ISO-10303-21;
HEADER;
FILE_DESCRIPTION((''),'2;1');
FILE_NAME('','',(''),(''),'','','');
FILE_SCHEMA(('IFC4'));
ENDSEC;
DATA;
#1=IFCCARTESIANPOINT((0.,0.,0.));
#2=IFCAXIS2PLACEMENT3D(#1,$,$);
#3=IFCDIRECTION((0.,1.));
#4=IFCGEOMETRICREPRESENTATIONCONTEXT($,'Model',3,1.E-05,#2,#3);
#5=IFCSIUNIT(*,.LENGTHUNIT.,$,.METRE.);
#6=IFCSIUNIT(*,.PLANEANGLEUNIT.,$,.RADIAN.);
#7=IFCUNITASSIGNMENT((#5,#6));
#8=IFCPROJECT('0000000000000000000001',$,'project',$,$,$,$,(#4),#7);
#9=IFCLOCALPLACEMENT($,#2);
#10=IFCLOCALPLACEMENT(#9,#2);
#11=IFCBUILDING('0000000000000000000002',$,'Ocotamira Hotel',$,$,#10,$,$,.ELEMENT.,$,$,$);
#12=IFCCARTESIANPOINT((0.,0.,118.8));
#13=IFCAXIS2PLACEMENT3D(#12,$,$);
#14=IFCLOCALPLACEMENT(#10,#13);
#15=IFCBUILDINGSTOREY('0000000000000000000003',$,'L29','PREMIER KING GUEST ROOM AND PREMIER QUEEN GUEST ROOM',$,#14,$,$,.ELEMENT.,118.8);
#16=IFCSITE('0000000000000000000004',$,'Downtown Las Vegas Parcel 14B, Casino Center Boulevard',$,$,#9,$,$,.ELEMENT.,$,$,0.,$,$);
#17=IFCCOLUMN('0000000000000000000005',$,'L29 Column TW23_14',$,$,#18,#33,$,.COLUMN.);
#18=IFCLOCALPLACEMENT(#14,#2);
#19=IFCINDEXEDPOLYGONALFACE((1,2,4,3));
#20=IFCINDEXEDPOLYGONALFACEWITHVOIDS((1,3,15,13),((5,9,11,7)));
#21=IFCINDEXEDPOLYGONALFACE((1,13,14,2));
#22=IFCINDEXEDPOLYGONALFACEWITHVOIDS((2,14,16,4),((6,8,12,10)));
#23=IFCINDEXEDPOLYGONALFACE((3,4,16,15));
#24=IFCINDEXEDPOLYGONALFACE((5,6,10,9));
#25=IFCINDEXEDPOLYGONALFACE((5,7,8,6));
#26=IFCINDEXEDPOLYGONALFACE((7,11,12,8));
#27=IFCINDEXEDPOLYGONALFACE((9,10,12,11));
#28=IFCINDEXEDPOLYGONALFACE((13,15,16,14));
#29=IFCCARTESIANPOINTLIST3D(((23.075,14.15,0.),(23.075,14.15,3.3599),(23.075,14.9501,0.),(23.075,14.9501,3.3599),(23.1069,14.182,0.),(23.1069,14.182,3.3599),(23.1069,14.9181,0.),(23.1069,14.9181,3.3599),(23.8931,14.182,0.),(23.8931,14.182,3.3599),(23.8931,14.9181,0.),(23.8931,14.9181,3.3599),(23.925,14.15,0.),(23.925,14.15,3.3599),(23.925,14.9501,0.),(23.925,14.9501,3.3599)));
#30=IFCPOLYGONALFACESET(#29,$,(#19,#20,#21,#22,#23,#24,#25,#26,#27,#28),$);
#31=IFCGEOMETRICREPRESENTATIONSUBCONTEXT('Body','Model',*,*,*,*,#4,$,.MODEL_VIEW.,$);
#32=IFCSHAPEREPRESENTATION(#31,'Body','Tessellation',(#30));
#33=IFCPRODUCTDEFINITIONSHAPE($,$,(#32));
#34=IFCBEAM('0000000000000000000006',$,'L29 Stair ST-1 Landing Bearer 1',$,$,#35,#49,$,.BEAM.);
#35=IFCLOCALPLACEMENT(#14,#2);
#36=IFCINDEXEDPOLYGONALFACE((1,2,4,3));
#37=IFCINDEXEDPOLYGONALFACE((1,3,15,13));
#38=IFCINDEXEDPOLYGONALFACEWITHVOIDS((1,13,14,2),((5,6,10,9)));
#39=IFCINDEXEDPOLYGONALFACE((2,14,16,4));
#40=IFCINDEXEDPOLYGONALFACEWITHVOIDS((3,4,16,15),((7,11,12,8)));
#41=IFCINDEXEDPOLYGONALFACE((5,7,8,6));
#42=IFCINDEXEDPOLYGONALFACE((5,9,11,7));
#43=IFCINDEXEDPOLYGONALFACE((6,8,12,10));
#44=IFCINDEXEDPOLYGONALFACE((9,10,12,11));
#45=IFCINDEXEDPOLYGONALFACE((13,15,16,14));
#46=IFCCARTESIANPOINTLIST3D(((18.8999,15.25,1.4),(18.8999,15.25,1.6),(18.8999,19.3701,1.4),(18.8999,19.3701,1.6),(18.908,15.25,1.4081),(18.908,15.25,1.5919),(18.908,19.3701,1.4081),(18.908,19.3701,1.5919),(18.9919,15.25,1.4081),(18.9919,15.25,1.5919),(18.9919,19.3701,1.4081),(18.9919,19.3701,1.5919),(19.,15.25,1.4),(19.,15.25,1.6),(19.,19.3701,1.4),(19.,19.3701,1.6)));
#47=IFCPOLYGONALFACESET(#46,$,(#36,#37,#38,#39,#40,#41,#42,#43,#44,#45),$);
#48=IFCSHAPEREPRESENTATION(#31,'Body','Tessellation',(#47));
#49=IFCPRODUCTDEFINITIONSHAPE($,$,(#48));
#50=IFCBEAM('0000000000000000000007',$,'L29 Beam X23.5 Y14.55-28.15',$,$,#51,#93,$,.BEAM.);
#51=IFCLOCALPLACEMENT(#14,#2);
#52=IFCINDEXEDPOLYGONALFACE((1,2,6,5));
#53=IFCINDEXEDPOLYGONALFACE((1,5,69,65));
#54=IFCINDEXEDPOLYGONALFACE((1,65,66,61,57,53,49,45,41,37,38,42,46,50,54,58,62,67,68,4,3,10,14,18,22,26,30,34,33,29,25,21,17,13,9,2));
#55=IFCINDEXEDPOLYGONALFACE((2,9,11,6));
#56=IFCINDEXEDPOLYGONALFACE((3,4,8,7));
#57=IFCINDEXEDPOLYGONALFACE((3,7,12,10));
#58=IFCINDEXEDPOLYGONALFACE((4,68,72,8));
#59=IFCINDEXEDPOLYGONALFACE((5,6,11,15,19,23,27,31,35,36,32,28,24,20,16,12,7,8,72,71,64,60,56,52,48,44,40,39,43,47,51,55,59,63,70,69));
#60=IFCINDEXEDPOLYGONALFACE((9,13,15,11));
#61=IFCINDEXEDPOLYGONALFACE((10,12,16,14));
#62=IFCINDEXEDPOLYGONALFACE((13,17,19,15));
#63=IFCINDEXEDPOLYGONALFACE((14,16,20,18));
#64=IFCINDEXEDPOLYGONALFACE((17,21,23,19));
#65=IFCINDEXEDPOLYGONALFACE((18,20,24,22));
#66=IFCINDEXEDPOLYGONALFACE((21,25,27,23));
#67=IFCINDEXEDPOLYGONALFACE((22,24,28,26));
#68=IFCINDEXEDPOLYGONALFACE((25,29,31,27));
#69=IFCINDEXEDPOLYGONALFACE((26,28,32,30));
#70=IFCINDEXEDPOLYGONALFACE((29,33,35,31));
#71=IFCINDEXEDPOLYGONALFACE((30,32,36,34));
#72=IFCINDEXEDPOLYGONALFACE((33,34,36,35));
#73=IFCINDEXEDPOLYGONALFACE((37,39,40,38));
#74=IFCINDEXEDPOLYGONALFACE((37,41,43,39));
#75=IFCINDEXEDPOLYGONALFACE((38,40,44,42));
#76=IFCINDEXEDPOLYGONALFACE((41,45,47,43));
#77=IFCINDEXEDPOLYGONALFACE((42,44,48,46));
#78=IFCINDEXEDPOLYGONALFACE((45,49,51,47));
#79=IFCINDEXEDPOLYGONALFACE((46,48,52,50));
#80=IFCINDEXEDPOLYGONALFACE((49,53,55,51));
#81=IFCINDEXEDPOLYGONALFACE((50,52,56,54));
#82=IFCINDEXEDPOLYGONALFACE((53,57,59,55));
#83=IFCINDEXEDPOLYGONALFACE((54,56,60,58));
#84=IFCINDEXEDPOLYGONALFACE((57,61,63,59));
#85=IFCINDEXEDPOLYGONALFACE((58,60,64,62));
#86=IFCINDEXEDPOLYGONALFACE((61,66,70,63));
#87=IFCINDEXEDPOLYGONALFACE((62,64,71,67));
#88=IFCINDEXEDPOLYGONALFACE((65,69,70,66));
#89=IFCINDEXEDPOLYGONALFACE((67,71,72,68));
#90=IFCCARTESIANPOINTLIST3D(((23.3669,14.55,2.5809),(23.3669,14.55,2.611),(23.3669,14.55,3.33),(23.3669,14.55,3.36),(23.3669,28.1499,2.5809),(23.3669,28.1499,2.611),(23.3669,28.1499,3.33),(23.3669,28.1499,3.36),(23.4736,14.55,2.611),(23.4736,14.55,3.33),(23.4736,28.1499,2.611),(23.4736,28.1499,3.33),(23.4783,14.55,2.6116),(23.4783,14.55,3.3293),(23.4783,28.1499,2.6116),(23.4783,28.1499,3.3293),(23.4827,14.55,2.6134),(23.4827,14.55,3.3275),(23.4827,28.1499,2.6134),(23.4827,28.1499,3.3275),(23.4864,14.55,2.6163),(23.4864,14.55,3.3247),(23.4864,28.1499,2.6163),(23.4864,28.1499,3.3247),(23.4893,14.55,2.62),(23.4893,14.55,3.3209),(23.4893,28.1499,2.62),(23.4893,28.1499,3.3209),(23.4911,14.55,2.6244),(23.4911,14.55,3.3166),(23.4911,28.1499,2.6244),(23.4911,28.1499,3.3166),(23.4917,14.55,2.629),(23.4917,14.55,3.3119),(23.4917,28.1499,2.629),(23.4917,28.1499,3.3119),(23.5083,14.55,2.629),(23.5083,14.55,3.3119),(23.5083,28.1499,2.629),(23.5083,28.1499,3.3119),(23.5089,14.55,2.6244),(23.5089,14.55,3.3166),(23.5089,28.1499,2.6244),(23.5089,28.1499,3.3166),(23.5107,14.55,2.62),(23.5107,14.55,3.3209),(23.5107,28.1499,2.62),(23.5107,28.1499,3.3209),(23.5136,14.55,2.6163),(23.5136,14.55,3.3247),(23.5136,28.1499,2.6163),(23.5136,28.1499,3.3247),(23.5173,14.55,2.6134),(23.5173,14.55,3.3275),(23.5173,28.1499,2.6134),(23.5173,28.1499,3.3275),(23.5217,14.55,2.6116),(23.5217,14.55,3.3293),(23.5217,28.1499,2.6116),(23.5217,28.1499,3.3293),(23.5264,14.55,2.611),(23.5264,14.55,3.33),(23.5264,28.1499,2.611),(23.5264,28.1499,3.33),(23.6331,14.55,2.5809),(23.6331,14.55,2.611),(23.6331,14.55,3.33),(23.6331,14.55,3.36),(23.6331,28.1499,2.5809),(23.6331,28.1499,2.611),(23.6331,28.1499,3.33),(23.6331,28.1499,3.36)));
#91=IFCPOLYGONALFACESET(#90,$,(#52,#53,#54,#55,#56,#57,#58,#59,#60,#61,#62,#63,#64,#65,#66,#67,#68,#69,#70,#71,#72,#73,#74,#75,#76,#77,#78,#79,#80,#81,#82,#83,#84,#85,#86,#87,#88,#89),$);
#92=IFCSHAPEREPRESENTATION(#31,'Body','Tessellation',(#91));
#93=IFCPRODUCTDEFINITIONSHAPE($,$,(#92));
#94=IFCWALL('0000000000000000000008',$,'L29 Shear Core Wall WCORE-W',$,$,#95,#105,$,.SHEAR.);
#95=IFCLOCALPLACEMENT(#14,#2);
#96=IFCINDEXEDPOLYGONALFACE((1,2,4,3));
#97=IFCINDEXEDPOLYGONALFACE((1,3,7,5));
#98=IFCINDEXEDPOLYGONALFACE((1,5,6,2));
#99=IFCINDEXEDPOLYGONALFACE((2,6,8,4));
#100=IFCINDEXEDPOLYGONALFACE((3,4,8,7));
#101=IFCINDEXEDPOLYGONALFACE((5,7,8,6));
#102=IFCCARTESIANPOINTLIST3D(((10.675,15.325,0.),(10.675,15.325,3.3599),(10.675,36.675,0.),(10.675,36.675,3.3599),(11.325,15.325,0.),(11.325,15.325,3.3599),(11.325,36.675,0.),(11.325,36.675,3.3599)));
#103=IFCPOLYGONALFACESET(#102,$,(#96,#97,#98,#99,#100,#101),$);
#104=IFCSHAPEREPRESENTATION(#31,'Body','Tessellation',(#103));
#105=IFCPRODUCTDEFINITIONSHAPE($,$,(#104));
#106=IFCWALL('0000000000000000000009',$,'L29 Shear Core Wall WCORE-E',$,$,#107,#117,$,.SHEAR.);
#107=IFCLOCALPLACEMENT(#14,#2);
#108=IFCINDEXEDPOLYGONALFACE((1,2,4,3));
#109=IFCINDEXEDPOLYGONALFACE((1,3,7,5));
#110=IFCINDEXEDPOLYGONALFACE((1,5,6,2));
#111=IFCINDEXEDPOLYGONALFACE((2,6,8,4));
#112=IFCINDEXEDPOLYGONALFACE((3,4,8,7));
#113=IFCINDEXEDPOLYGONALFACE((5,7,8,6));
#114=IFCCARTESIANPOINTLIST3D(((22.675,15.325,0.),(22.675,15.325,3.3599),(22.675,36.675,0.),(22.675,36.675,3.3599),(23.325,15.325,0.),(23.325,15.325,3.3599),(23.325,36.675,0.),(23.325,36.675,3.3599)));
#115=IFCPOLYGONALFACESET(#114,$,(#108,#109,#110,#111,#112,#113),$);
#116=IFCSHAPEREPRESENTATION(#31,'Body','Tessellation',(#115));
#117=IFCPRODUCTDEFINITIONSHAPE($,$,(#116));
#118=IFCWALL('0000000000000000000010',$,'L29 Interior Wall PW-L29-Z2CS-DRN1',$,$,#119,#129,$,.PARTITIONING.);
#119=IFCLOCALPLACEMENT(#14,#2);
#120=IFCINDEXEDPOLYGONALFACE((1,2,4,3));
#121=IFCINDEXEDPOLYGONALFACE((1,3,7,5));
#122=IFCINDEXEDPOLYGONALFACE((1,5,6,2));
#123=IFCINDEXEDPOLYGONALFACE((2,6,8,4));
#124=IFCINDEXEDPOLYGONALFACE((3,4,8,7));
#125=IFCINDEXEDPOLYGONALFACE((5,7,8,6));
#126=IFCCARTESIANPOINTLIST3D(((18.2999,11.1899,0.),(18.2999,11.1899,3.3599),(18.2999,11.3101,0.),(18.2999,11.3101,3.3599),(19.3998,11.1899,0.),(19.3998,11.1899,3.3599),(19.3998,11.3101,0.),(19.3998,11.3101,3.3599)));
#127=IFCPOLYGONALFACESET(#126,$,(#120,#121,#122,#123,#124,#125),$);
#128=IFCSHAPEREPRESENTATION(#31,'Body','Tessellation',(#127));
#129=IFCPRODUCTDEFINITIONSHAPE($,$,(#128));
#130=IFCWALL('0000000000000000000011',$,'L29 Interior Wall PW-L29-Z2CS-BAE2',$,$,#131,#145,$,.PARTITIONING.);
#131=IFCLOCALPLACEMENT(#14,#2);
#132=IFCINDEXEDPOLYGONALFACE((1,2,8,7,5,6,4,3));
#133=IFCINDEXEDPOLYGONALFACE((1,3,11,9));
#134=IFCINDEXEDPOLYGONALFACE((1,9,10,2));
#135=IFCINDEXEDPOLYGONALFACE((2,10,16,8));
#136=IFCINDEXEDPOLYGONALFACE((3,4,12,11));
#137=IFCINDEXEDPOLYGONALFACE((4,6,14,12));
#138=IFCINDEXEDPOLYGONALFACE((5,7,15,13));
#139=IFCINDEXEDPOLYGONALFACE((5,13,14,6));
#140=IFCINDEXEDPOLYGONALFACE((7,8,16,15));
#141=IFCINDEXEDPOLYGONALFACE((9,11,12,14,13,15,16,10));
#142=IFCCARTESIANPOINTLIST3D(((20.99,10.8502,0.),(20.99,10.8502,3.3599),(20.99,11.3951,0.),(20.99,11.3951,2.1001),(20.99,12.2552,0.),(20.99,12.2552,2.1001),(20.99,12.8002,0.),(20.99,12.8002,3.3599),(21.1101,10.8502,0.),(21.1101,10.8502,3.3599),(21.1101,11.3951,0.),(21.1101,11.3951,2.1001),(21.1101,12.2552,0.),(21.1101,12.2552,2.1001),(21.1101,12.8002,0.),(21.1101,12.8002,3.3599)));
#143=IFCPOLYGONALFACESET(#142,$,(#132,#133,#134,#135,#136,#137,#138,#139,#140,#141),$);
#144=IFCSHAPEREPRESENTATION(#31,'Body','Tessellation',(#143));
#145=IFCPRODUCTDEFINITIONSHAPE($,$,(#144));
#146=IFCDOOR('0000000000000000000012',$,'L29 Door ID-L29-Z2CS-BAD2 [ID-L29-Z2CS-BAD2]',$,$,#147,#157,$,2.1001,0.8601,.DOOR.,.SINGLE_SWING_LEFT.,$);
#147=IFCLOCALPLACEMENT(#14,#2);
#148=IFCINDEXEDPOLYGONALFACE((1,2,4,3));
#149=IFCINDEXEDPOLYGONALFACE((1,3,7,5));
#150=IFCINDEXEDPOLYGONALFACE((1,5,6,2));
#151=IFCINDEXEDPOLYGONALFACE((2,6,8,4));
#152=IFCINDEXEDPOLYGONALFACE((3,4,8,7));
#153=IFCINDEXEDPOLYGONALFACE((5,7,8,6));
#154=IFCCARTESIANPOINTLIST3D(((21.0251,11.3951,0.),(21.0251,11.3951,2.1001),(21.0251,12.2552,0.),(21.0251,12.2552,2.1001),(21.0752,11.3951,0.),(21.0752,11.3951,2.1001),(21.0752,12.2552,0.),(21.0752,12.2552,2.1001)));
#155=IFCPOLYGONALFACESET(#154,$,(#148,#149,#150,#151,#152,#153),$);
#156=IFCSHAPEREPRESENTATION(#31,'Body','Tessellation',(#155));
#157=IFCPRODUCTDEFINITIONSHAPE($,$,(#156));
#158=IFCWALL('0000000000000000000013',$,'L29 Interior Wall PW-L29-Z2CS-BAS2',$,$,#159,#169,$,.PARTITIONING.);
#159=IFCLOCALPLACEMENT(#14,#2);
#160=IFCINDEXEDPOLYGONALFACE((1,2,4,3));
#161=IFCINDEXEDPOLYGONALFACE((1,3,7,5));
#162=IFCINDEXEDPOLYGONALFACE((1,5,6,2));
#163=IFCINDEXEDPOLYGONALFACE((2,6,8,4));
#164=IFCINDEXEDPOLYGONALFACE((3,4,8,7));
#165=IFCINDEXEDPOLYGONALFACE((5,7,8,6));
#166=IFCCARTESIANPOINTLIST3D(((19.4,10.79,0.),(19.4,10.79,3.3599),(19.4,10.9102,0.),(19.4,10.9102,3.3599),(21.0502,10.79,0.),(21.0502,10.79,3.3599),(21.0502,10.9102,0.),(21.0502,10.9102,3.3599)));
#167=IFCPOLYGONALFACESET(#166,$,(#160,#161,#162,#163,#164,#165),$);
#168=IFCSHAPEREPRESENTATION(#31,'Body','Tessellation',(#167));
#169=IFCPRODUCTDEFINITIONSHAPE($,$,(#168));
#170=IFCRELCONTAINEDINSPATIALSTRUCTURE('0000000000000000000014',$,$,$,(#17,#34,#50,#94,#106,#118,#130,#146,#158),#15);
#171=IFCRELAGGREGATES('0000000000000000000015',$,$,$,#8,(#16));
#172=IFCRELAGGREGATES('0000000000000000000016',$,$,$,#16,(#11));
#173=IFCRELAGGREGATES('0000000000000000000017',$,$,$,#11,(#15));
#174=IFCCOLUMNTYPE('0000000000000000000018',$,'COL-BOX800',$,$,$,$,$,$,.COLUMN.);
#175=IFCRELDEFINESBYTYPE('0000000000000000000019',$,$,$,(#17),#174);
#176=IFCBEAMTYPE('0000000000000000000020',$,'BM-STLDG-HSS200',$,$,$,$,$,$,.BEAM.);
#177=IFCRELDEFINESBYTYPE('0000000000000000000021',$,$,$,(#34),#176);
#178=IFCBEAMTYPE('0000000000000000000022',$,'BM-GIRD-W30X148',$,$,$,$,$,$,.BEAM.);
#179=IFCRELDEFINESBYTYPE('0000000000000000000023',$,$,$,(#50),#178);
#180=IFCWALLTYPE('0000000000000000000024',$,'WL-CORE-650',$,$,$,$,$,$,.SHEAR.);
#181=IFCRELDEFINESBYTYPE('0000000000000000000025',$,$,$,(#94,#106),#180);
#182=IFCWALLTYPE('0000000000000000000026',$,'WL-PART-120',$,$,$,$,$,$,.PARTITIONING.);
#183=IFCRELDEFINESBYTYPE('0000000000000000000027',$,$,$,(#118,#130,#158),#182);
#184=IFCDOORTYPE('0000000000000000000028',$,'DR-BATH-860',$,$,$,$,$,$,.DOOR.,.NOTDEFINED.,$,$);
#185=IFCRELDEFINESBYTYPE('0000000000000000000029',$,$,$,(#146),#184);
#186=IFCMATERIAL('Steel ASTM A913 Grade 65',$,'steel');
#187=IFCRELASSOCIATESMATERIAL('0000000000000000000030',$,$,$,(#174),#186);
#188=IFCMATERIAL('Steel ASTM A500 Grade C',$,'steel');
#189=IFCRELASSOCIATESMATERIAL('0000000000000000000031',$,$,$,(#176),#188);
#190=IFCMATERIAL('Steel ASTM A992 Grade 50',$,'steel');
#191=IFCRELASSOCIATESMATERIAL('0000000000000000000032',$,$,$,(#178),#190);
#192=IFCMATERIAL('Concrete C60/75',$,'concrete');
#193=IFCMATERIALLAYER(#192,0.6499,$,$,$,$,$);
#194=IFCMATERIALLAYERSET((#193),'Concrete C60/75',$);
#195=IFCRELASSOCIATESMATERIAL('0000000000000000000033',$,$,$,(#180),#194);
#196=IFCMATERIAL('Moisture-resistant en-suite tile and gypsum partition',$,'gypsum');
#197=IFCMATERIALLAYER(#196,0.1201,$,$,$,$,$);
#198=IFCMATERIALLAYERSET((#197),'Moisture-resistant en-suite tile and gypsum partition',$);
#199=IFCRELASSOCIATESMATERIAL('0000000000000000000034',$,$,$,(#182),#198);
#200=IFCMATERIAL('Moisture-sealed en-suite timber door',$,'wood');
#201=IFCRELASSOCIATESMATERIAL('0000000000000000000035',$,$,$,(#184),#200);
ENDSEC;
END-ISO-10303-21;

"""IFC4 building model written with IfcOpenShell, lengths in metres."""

from ifc_helpers import new_model, si_unit, direction, frame, frame_2d, origin, origin_2d, place, context, subcontext, project, spatial, rectangle, hollow_rectangle, i_section, extrude, source, transform, mapped, material, layer, layer_set, material_profile, profile_set, type_object, element, fill, save


model = new_model("IFC4")

# Units and contexts
model_context = context("Model", 3, precision=1e-05, world=origin(), true_north=direction((0.0, 1.0)))
body_context = subcontext(model_context, "Body", "Model", "MODEL_VIEW")
ifc_project = project(units=[si_unit("LENGTHUNIT", "METRE"), si_unit("PLANEANGLEUNIT", "RADIAN")], contexts=[model_context])

# Site, building, storey
site_placement = place(None, origin())
site = spatial("IfcSite", under=ifc_project, at=site_placement, Name="Downtown Las Vegas Parcel 14B, Casino Center Boulevard", CompositionType="ELEMENT", RefElevation=0.0)
building_placement = place(site_placement, origin())
building = spatial("IfcBuilding", under=site, at=building_placement, Name="Ocotamira Hotel", CompositionType="ELEMENT")
storey_placement = place(building_placement, frame((0.0, 0.0, 118.8)))
storey = spatial("IfcBuildingStorey", under=building, at=storey_placement, Name="L29", Description="PREMIER KING GUEST ROOM AND PREMIER QUEEN GUEST ROOM", CompositionType="ELEMENT", Elevation=118.8)

# Column
ifc_material_1 = material(Name="Steel ASTM A913 Grade 65", Category="steel")
ifc_material_profile_1 = material_profile(ifc_material_1, hollow_rectangle(XDim=0.8501, YDim=0.8, WallThickness=0.032, at=origin_2d()), Name="BOX800X850X32")
ifc_profile_set_1 = profile_set([ifc_material_profile_1], Name="Steel ASTM A913 Grade 65")
column_type = type_object("IfcColumnType", Name="COL-BOX800", PredefinedType="COLUMN", material=ifc_profile_set_1)
shared_shape_1 = source(origin(), body_context, "Body", "SweptSolid", [
    extrude(hollow_rectangle(XDim=0.8501, YDim=0.8, WallThickness=0.032, at=origin_2d()), origin(), (0.0, 0.0, 1.0), 3.3599),
])
column_placement = place(storey_placement, frame((23.5, 14.55, 0.0), z_axis=(0.0, 0.0, 1.0), x_axis=(1.0, 0.0, 0.0)))
element("IfcColumn", 1, at=column_placement, inside=storey, type_object=column_type, Name="L29 Column TW23_14", PredefinedType="COLUMN", context=body_context, shape_type="MappedRepresentation", body=[
    mapped(shared_shape_1, transform((0.0, 0.0, 0.0), scale=1.0)),
])

# Beams
ifc_material_2 = material(Name="Steel ASTM A500 Grade C", Category="steel")
ifc_material_profile_2 = material_profile(ifc_material_2, hollow_rectangle(XDim=0.1001, YDim=0.2, WallThickness=0.0081, at=origin_2d()), Name="HSS200X100X8")
ifc_profile_set_2 = profile_set([ifc_material_profile_2], Name="Steel ASTM A500 Grade C")
beam_type_1 = type_object("IfcBeamType", Name="BM-STLDG-HSS200", PredefinedType="BEAM", material=ifc_profile_set_2)
shared_shape_2 = source(origin(), body_context, "Body", "SweptSolid", [
    extrude(hollow_rectangle(XDim=0.1001, YDim=0.2, WallThickness=0.0081, at=origin_2d()), origin(), (0.0, 0.0, 1.0), 4.1201),
])
beam_1_placement = place(storey_placement, frame((18.95, 15.25, 1.5), z_axis=(0.0, 1.0, 0.0), x_axis=(-1.0, 0.0, 0.0)))
element("IfcBeam", 2, at=beam_1_placement, inside=storey, type_object=beam_type_1, Name="L29 Stair ST-1 Landing Bearer 1", PredefinedType="BEAM", context=body_context, shape_type="MappedRepresentation", body=[
    mapped(shared_shape_2, transform((0.0, 0.0, 0.0), scale=1.0)),
])
ifc_material_3 = material(Name="Steel ASTM A992 Grade 50", Category="steel")
ifc_material_profile_3 = material_profile(ifc_material_3, i_section(OverallWidth=0.2661, OverallDepth=0.7791, WebThickness=0.0166, FlangeThickness=0.03, FilletRadius=0.0181, at=origin_2d()), Name="W30X148")
ifc_profile_set_3 = profile_set([ifc_material_profile_3], Name="Steel ASTM A992 Grade 50")
beam_type_2 = type_object("IfcBeamType", Name="BM-GIRD-W30X148", PredefinedType="BEAM", material=ifc_profile_set_3)
shared_shape_3 = source(origin(), body_context, "Body", "SweptSolid", [
    extrude(i_section(OverallWidth=0.2661, OverallDepth=0.7791, WebThickness=0.0166, FlangeThickness=0.03, FilletRadius=0.0181, at=origin_2d()), origin(), (0.0, 0.0, 1.0), 13.5999),
])
beam_2_placement = place(storey_placement, frame((23.5, 14.55, 2.9705), z_axis=(0.0, 1.0, 0.0), x_axis=(-1.0, 0.0, 0.0)))
element("IfcBeam", 3, at=beam_2_placement, inside=storey, type_object=beam_type_2, Name="L29 Beam X23.5 Y14.55-28.15", PredefinedType="BEAM", context=body_context, shape_type="MappedRepresentation", body=[
    mapped(shared_shape_3, transform((0.0, 0.0, 0.0), scale=1.0)),
])

# Walls
ifc_material_4 = material(Name="Concrete C60/75", Category="concrete")
ifc_layer_1 = layer(ifc_material_4, 0.6499)
ifc_layer_set_1 = layer_set([ifc_layer_1], Name="Concrete C60/75")
wall_type_1 = type_object("IfcWallType", Name="WL-CORE-650", PredefinedType="SHEAR", material=ifc_layer_set_1)
for number, where, z_axis, x_axis, name in (
    (4, (11.0, 15.325, 0.0), (0.0, 0.0, 1.0), (0.0, 1.0, 0.0), "L29 Shear Core Wall WCORE-W"),
    (5, (23.0, 15.325, 0.0), (0.0, 0.0, 1.0), (0.0, 1.0, 0.0), "L29 Shear Core Wall WCORE-E"),
):
    element("IfcWall", number, at=place(storey_placement, frame(where, z_axis=z_axis, x_axis=x_axis)), inside=storey, type_object=wall_type_1, Name=name, PredefinedType="SHEAR", context=body_context, shape_type="SweptSolid", body=[
        extrude(rectangle(XDim=21.3501, YDim=0.6499, at=frame_2d((10.675, 0.0))), origin(), (0.0, 0.0, 1.0), 3.3599),
    ])

# Wall
ifc_material_5 = material(Name="Moisture-resistant en-suite tile and gypsum partition", Category="gypsum")
ifc_layer_2 = layer(ifc_material_5, 0.1201)
ifc_layer_set_2 = layer_set([ifc_layer_2], Name="Moisture-resistant en-suite tile and gypsum partition")
wall_type_2 = type_object("IfcWallType", Name="WL-PART-120", PredefinedType="PARTITIONING", material=ifc_layer_set_2)
wall_1_placement = place(storey_placement, frame((18.3, 11.25, 0.0), z_axis=(0.0, 0.0, 1.0), x_axis=(1.0, 0.0, 0.0)))
element("IfcWall", 6, at=wall_1_placement, inside=storey, type_object=wall_type_2, Name="L29 Interior Wall PW-L29-Z2CS-DRN1", PredefinedType="PARTITIONING", context=body_context, shape_type="SweptSolid", body=[
    extrude(rectangle(XDim=1.0999, YDim=0.1201, at=frame_2d((0.5498, 0.0))), origin(), (0.0, 0.0, 1.0), 3.3599),
])

# Wall, opening, door
wall_2_placement = place(storey_placement, frame((21.05, 10.8501, 0.0), z_axis=(0.0, 0.0, 1.0), x_axis=(0.0, 1.0, 0.0)))
wall_2 = element("IfcWall", 7, at=wall_2_placement, inside=storey, type_object=wall_type_2, Name="L29 Interior Wall PW-L29-Z2CS-BAE2", PredefinedType="PARTITIONING", context=body_context, shape_type="SweptSolid", body=[
    extrude(rectangle(XDim=1.95, YDim=0.1201, at=frame_2d((0.9751, 0.0))), origin(), (0.0, 0.0, 1.0), 3.3599),
])
opening_1_placement = place(wall_2_placement, frame((0.5449, 0.0, 0.0)))
opening_1 = element("IfcOpeningElement", 8, at=opening_1_placement, cuts=wall_2, PredefinedType="OPENING", context=body_context, shape_type="SweptSolid", body=[
    extrude(rectangle(XDim=0.8601, YDim=2.1001, at=frame_2d((0.4302, 1.05))), frame((0.0, 0.0701, 0.0), z_axis=(0.0, -1.0, 0.0), x_axis=(1.0, 0.0, 0.0)), (0.0, 0.0, 1.0), 0.1401),
])
ifc_material_6 = material(Name="Moisture-sealed en-suite timber door", Category="wood")
door_type_1 = type_object("IfcDoorType", Name="DR-BATH-860", OperationType="NOTDEFINED", PredefinedType="DOOR", material=ifc_material_6)
shared_shape_4 = source(origin(), body_context, "Body", "SweptSolid", [
    extrude(rectangle(XDim=0.8601, YDim=2.1001, at=frame_2d((0.4302, 1.05))), frame((0.0, 0.0249, 0.0), z_axis=(0.0, -1.0, 0.0), x_axis=(1.0, 0.0, 0.0)), (0.0, 0.0, 1.0), 0.05),
])
door_1_placement = place(opening_1_placement, origin())
door_1 = element("IfcDoor", 9, at=door_1_placement, inside=storey, type_object=door_type_1, Name="L29 Door ID-L29-Z2CS-BAD2 [ID-L29-Z2CS-BAD2]", OperationType="SINGLE_SWING_LEFT", OverallHeight=2.1001, OverallWidth=0.8601, PredefinedType="DOOR", context=body_context, shape_type="MappedRepresentation", body=[
    mapped(shared_shape_4, transform((0.0, 0.0, 0.0), scale=1.0)),
])
fill(opening_1, door_1)

# Wall
wall_3_placement = place(storey_placement, frame((19.3999, 10.8501, 0.0), z_axis=(0.0, 0.0, 1.0), x_axis=(1.0, 0.0, 0.0)))
element("IfcWall", 10, at=wall_3_placement, inside=storey, type_object=wall_type_2, Name="L29 Interior Wall PW-L29-Z2CS-BAS2", PredefinedType="PARTITIONING", context=body_context, shape_type="SweptSolid", body=[
    extrude(rectangle(XDim=1.6501, YDim=0.1201, at=frame_2d((0.8252, 0.0))), origin(), (0.0, 0.0, 1.0), 3.3599),
])

save(model, "model.ifc")
